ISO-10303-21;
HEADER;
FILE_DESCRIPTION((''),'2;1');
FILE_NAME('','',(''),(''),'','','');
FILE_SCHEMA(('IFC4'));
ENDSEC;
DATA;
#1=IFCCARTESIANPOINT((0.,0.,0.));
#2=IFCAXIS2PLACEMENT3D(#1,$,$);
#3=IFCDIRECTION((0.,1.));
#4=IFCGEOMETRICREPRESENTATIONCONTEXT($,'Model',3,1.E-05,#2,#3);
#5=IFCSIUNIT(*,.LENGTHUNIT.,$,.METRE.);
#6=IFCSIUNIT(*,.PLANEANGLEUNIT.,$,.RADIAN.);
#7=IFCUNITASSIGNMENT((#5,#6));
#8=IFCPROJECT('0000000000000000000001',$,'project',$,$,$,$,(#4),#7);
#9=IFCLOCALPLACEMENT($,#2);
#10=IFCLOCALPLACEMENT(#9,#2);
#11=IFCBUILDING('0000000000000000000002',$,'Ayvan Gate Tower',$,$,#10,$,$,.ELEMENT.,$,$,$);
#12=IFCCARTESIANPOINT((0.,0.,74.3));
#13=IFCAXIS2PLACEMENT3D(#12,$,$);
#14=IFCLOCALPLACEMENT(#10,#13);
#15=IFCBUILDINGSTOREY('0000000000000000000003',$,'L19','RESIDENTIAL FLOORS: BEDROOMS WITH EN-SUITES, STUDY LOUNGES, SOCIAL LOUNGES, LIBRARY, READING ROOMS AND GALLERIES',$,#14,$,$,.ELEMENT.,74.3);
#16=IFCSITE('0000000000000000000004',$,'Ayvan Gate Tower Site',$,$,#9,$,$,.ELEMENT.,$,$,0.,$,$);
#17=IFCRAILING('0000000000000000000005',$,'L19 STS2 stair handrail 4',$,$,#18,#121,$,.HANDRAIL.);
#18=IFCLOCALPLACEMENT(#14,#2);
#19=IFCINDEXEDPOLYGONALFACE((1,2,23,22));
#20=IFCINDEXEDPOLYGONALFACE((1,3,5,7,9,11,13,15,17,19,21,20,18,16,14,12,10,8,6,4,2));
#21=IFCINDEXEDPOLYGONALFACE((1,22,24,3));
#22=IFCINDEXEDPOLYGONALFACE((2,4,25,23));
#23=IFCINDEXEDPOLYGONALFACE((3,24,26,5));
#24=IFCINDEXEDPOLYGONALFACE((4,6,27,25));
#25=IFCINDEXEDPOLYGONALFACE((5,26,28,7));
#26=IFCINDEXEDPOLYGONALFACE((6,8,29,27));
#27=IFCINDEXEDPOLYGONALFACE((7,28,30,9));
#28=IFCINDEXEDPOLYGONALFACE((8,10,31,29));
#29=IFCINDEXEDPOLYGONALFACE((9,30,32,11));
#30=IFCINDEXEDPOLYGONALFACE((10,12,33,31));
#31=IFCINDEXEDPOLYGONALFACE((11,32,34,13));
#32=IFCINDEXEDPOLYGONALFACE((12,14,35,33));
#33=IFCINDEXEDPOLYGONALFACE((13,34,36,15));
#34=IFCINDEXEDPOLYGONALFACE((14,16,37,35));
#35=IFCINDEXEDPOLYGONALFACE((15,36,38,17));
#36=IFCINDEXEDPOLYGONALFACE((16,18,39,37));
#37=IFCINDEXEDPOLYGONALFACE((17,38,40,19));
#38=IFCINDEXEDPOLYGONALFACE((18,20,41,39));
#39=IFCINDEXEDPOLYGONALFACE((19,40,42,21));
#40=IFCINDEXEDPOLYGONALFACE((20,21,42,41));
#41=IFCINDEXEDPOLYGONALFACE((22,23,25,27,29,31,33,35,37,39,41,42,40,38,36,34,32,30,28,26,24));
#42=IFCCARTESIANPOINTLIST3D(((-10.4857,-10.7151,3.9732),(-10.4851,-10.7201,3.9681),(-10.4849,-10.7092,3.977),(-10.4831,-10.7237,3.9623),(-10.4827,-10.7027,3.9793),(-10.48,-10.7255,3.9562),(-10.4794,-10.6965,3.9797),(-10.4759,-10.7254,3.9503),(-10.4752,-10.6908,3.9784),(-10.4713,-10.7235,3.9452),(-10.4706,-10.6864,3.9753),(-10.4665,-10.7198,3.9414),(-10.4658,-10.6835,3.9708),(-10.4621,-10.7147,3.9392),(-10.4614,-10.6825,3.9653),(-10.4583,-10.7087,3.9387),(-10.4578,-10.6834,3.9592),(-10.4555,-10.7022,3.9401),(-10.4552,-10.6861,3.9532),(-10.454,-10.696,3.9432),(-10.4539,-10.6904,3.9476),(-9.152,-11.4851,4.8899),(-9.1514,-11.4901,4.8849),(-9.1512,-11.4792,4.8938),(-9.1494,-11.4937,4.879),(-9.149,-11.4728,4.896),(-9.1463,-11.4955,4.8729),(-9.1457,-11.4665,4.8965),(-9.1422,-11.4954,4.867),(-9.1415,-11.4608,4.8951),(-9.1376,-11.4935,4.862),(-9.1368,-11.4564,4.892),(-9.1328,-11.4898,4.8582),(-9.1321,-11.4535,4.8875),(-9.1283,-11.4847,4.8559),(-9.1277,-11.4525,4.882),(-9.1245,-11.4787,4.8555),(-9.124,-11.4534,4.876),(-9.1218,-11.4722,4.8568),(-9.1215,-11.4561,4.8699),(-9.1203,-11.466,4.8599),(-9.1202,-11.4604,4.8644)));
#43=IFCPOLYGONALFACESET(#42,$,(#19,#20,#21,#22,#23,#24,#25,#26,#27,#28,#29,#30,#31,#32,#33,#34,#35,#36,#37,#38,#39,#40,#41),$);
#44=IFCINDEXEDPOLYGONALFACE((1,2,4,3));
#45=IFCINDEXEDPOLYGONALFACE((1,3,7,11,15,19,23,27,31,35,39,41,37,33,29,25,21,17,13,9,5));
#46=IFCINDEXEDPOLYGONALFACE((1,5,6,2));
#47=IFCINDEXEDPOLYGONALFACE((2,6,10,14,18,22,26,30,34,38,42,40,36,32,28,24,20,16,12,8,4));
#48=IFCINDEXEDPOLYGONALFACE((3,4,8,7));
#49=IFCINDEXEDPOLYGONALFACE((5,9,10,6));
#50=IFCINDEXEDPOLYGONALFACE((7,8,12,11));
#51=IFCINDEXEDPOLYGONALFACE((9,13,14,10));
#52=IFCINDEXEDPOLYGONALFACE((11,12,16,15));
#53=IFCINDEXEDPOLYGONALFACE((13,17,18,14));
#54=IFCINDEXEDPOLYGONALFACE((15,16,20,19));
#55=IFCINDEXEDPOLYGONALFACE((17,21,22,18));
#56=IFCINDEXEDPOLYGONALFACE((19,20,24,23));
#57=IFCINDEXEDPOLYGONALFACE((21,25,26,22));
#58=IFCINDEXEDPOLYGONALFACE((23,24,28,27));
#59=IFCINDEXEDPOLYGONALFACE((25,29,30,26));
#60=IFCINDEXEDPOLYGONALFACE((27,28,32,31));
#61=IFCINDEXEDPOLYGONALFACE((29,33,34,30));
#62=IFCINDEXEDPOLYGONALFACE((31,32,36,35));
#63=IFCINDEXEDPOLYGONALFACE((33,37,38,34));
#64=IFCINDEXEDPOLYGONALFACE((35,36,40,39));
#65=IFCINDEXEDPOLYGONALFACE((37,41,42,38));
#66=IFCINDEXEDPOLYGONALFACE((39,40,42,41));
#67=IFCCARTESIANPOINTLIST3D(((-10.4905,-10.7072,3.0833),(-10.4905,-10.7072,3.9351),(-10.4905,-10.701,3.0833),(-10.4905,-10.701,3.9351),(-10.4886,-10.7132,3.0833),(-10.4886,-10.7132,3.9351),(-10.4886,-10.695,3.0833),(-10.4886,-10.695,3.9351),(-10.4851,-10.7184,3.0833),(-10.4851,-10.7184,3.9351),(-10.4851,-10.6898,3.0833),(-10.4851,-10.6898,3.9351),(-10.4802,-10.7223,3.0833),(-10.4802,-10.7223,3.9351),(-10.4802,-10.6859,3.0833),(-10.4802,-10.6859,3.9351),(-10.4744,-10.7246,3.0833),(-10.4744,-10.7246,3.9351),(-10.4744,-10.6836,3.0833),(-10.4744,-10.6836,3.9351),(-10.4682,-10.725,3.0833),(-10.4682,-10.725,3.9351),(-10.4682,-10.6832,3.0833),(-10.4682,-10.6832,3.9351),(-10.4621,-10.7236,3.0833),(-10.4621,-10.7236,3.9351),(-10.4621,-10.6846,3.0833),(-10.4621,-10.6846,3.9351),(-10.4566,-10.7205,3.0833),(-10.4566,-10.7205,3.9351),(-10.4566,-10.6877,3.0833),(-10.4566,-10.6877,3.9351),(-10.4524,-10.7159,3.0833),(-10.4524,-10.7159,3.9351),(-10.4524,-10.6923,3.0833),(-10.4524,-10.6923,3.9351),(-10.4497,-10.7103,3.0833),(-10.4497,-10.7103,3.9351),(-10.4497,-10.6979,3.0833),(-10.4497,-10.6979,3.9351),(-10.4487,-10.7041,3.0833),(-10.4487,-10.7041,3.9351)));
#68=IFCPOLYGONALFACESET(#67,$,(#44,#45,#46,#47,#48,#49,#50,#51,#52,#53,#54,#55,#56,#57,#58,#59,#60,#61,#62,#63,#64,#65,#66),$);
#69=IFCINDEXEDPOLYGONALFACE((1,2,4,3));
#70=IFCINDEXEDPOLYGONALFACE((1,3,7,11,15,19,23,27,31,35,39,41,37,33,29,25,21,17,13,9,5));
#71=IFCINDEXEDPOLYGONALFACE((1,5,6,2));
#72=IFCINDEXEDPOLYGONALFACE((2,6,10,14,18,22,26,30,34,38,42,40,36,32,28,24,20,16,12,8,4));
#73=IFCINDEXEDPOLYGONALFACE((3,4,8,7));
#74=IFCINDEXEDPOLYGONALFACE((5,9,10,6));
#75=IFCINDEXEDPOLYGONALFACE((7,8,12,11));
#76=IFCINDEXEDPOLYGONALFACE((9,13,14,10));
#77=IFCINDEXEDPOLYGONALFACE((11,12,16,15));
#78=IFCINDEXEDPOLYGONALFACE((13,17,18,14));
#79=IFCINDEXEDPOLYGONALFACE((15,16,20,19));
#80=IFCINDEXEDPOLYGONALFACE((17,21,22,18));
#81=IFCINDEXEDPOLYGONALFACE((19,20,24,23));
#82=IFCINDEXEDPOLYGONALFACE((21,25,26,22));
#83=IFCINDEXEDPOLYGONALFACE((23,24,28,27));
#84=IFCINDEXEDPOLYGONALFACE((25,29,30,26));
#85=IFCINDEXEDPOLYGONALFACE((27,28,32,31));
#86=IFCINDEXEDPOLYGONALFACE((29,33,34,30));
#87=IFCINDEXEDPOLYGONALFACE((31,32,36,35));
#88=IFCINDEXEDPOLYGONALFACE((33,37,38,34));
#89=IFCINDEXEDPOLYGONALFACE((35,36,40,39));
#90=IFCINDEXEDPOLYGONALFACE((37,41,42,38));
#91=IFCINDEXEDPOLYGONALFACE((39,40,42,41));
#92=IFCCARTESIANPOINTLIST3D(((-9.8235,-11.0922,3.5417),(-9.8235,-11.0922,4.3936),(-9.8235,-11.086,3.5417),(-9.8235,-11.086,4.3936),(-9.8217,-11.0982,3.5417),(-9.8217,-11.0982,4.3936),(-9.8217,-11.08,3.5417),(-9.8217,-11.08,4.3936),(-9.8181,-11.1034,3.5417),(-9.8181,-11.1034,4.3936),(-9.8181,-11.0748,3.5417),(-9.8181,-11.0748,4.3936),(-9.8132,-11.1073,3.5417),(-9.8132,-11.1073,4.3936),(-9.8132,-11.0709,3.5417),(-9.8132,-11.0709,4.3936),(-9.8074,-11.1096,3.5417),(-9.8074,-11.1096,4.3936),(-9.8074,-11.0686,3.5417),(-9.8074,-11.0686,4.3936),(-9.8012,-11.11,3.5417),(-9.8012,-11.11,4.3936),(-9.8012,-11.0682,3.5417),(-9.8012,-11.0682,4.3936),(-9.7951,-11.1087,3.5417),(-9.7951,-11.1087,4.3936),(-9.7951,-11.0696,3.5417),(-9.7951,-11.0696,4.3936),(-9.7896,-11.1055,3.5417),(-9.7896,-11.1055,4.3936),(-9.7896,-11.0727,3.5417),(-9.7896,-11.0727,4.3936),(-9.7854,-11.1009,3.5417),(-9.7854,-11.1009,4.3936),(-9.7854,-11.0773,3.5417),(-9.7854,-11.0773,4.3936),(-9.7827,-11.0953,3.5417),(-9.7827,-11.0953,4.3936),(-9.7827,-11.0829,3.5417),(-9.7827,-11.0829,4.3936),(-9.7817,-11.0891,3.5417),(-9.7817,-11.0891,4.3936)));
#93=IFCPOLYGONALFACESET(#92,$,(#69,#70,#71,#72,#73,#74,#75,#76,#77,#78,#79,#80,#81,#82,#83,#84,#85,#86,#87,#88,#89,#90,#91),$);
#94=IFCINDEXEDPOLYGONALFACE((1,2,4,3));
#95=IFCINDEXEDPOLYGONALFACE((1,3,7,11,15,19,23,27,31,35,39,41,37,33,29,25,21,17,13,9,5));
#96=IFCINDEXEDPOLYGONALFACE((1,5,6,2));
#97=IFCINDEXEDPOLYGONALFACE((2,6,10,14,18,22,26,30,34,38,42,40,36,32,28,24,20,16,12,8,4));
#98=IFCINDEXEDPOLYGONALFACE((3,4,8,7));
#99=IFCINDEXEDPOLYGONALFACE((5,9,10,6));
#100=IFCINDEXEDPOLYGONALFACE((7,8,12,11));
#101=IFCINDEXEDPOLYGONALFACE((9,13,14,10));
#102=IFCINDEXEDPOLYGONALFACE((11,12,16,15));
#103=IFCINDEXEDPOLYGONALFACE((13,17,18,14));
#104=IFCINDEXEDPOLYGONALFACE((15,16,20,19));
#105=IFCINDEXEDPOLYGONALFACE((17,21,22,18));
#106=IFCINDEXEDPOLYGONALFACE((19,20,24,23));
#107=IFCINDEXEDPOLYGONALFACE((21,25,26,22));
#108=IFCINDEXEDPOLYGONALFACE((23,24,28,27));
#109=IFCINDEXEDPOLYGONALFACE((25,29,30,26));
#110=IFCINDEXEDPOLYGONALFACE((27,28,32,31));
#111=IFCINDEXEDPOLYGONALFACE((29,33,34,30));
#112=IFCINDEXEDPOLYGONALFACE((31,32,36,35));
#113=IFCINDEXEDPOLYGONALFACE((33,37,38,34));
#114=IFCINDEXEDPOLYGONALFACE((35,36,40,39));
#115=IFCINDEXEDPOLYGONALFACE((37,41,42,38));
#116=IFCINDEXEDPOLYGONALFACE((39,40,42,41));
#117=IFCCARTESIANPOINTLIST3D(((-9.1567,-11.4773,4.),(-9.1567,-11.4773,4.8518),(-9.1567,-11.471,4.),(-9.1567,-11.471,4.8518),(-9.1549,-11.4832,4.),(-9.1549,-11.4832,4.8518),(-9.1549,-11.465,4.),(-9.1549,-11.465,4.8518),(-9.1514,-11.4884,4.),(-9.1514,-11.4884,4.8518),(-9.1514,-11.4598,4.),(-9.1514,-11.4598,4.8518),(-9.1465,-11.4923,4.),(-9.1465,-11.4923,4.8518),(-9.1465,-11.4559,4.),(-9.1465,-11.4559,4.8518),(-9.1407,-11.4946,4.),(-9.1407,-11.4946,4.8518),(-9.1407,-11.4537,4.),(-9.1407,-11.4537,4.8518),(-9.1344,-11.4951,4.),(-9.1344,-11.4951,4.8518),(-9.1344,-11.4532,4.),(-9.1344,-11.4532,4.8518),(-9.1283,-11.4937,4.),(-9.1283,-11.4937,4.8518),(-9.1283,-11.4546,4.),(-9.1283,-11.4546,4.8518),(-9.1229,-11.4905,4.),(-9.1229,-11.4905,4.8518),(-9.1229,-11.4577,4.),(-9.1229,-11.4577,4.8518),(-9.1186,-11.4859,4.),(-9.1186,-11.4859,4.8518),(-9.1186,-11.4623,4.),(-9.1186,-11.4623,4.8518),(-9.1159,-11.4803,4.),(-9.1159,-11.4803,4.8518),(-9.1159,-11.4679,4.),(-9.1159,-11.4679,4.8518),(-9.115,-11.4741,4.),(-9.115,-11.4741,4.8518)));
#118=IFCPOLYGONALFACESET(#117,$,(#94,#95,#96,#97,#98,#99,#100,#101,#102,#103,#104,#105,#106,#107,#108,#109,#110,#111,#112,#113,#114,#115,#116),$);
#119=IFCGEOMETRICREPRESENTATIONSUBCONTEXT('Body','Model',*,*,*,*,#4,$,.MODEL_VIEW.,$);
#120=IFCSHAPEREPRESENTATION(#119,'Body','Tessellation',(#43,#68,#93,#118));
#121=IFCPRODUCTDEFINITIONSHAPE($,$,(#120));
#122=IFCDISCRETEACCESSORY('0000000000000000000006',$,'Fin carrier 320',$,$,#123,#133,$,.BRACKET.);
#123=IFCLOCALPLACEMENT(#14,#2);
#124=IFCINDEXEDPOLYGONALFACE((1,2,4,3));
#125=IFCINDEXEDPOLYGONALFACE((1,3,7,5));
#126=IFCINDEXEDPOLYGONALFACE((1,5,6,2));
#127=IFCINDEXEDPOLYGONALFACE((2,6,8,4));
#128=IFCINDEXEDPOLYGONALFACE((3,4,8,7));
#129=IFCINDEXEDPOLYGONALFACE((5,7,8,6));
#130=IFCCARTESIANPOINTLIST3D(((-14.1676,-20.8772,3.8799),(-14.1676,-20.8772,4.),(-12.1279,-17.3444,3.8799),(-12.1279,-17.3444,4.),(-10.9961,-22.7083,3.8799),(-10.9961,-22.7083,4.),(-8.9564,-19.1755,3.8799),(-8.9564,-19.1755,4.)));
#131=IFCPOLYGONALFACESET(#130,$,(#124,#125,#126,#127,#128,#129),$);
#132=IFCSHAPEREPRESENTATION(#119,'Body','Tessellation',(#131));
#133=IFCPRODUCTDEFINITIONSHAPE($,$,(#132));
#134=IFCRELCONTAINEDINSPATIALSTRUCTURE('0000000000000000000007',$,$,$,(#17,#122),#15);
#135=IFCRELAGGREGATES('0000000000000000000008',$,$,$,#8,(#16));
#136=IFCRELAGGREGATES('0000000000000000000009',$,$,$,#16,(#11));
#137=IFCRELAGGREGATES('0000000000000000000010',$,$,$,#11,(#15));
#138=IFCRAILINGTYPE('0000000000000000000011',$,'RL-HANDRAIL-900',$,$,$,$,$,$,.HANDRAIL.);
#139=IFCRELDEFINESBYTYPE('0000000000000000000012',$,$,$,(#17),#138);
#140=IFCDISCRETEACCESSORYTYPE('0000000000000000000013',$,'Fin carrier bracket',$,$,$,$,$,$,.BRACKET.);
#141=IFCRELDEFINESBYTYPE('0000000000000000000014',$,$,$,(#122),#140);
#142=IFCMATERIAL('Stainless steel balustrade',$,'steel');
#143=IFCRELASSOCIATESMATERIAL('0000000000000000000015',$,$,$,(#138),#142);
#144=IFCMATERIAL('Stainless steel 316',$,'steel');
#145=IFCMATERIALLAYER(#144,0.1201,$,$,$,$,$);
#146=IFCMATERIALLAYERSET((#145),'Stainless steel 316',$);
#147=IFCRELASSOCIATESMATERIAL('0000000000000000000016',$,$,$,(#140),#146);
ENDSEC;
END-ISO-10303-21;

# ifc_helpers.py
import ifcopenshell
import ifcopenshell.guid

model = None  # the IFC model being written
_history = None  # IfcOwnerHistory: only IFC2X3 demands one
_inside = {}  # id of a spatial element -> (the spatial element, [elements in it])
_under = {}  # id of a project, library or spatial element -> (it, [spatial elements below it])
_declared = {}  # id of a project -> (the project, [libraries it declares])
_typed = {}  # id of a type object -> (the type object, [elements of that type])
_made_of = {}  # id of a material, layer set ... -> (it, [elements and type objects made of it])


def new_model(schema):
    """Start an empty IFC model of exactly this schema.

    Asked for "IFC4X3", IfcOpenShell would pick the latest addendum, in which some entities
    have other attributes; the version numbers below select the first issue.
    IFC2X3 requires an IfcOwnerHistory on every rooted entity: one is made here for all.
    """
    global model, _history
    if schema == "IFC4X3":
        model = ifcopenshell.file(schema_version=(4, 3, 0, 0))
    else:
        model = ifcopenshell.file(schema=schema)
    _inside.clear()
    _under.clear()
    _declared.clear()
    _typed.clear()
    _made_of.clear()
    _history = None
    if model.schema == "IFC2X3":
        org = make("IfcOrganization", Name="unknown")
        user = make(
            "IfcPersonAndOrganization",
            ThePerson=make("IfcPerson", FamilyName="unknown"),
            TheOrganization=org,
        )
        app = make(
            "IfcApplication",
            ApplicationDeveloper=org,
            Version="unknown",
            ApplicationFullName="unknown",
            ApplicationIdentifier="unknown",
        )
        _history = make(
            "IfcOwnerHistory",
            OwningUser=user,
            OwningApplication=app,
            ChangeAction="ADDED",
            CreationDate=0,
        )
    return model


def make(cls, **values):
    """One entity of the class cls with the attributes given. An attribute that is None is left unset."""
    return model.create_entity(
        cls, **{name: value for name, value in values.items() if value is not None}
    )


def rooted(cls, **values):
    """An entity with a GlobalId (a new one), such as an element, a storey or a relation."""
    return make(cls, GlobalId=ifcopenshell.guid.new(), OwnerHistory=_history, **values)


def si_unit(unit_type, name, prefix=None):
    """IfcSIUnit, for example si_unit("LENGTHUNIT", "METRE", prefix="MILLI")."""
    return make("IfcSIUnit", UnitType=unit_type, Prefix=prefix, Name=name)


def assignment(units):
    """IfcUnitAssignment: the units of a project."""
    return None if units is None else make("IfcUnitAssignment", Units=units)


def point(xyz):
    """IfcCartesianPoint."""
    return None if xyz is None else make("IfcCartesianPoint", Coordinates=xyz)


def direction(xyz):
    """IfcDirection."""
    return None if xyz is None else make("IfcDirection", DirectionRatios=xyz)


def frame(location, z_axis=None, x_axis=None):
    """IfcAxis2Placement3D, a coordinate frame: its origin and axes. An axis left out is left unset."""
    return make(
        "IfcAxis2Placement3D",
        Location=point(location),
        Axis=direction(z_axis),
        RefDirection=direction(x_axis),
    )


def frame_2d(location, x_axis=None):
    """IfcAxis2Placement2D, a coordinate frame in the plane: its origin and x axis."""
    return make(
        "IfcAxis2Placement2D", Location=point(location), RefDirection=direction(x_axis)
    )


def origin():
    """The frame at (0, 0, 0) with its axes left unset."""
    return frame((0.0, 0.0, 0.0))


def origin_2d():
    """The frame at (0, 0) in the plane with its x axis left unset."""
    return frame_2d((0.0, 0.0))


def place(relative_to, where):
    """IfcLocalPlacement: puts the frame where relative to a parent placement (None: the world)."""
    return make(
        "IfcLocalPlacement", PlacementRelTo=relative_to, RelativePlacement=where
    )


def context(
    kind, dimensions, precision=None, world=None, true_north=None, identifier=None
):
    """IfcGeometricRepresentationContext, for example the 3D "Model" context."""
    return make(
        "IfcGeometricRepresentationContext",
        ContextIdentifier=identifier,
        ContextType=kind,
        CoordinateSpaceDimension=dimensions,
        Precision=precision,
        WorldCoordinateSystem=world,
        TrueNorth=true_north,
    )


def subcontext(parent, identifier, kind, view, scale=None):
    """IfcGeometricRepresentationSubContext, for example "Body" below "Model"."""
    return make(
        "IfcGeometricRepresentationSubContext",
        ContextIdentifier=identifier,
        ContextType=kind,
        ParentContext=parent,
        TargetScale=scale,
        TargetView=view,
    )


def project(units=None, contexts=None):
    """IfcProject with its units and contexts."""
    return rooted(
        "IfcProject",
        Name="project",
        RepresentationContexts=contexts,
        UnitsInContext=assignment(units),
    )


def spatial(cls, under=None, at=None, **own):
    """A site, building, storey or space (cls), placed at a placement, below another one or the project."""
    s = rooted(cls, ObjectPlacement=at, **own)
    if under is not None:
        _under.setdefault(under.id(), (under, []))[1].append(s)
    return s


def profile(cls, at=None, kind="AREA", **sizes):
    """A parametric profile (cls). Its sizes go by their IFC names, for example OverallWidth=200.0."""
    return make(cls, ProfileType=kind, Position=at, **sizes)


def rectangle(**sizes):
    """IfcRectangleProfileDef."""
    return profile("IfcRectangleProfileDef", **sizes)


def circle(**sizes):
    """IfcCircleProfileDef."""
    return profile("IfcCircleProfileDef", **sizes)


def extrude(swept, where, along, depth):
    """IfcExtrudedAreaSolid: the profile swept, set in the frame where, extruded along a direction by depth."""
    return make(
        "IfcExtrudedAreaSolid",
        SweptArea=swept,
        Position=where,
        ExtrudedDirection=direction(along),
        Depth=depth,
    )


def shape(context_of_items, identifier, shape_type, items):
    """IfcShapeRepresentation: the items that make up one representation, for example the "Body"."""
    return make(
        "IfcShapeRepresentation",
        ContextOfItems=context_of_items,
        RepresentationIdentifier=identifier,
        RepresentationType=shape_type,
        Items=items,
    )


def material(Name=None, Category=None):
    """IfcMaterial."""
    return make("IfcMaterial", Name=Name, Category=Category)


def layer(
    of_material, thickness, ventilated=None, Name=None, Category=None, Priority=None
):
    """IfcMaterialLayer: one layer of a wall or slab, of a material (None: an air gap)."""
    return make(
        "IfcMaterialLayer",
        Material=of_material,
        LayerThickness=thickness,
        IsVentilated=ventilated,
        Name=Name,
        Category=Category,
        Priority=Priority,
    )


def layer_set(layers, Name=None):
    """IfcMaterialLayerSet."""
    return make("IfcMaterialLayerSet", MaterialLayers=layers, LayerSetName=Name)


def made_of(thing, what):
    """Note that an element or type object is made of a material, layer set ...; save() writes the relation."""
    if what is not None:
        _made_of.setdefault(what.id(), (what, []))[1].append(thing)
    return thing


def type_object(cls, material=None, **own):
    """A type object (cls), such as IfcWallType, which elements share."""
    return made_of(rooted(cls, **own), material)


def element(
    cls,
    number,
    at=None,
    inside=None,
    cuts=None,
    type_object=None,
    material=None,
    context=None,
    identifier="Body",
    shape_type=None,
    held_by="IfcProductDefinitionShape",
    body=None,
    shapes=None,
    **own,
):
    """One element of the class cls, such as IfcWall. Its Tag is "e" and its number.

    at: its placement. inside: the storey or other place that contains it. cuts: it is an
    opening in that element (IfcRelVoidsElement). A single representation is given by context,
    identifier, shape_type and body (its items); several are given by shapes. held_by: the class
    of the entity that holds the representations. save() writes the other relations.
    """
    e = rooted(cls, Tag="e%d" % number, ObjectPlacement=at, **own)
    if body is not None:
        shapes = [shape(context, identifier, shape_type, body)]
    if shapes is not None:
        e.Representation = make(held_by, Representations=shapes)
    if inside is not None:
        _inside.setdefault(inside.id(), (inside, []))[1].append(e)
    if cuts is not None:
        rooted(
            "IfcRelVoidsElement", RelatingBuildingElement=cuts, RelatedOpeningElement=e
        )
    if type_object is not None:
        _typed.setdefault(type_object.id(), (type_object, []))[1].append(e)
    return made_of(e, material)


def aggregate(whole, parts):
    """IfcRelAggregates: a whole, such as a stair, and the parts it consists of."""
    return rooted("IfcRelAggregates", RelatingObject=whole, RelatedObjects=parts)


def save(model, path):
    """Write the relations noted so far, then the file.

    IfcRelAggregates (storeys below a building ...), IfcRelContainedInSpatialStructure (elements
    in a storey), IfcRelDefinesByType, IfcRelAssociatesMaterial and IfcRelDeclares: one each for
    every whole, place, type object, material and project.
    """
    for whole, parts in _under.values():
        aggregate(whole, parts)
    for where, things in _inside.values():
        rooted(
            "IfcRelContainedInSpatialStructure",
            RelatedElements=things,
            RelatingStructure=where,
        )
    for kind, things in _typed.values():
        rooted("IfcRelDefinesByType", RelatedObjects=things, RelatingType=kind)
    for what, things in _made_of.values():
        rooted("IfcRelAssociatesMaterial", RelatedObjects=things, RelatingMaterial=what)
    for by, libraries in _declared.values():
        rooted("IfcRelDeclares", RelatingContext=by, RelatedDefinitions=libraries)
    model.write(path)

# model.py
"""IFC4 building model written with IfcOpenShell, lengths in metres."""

from ifc_helpers import new_model, si_unit, direction, frame, origin, origin_2d, place, context, subcontext, project, spatial, rectangle, circle, extrude, material, layer, layer_set, type_object, element, save


model = new_model("IFC4")

# Units and contexts
model_context = context("Model", 3, precision=1e-05, world=origin(), true_north=direction((0.0, 1.0)))
body_context = subcontext(model_context, "Body", "Model", "MODEL_VIEW")
ifc_project = project(units=[si_unit("LENGTHUNIT", "METRE"), si_unit("PLANEANGLEUNIT", "RADIAN")], contexts=[model_context])

# Site, building, storey
site_placement = place(None, origin())
site = spatial("IfcSite", under=ifc_project, at=site_placement, Name="Ayvan Gate Tower Site", CompositionType="ELEMENT", RefElevation=0.0)
building_placement = place(site_placement, origin())
building = spatial("IfcBuilding", under=site, at=building_placement, Name="Ayvan Gate Tower", CompositionType="ELEMENT")
storey_placement = place(building_placement, frame((0.0, 0.0, 74.3)))
storey = spatial("IfcBuildingStorey", under=building, at=storey_placement, Name="L19", Description="RESIDENTIAL FLOORS: BEDROOMS WITH EN-SUITES, STUDY LOUNGES, SOCIAL LOUNGES, LIBRARY, READING ROOMS AND GALLERIES", CompositionType="ELEMENT", Elevation=74.3)

# Railing
ifc_material_1 = material(Name="Stainless steel balustrade", Category="steel")
railing_type_1 = type_object("IfcRailingType", Name="RL-HANDRAIL-900", PredefinedType="HANDRAIL", material=ifc_material_1)
railing_1_placement = place(storey_placement, frame((-10.4697, -10.7041, 3.0833)))
element("IfcRailing", 1, at=railing_1_placement, inside=storey, type_object=railing_type_1, Name="L19 STS2 stair handrail 4", PredefinedType="HANDRAIL", context=body_context, shape_type="SweptSolid", body=[
    extrude(circle(Radius=0.0239, at=origin_2d()), frame((0.0, 0.0, 0.876), z_axis=(0.744164, -0.429634, 0.511502), x_axis=(0.499992, 0.86603, 0.0)), (0.0, 0.0, 1.0), 1.7922),
    extrude(circle(Radius=0.021, at=origin_2d()), origin(), (0.0, 0.0, 1.0), 0.8518),
    extrude(circle(Radius=0.021, at=origin_2d()), frame((0.667, -0.385, 0.4585)), (0.0, 0.0, 1.0), 0.8518),
    extrude(circle(Radius=0.021, at=origin_2d()), frame((1.3337, -0.77, 0.9167)), (0.0, 0.0, 1.0), 0.8518),
])

# Discrete accessory
ifc_material_2 = material(Name="Stainless steel 316", Category="steel")
ifc_layer_1 = layer(ifc_material_2, 0.1201)
ifc_layer_set_1 = layer_set([ifc_layer_1], Name="Stainless steel 316")
discrete_accessory_type = type_object("IfcDiscreteAccessoryType", Name="Fin carrier bracket", PredefinedType="BRACKET", material=ifc_layer_set_1)
discrete_accessory_placement = place(storey_placement, frame((-11.562, -20.0264, 3.8799), z_axis=(0.0, 0.0, 1.0), x_axis=(0.866025, -0.5, 0.0)))
element("IfcDiscreteAccessory", 2, at=discrete_accessory_placement, inside=storey, type_object=discrete_accessory_type, Name="Fin carrier 320", PredefinedType="BRACKET", context=body_context, shape_type="SweptSolid", body=[
    extrude(rectangle(XDim=3.6621, YDim=4.0793, at=origin_2d()), origin(), (0.0, 0.0, 1.0), 0.1201),
])

save(model, "model.ifc")
